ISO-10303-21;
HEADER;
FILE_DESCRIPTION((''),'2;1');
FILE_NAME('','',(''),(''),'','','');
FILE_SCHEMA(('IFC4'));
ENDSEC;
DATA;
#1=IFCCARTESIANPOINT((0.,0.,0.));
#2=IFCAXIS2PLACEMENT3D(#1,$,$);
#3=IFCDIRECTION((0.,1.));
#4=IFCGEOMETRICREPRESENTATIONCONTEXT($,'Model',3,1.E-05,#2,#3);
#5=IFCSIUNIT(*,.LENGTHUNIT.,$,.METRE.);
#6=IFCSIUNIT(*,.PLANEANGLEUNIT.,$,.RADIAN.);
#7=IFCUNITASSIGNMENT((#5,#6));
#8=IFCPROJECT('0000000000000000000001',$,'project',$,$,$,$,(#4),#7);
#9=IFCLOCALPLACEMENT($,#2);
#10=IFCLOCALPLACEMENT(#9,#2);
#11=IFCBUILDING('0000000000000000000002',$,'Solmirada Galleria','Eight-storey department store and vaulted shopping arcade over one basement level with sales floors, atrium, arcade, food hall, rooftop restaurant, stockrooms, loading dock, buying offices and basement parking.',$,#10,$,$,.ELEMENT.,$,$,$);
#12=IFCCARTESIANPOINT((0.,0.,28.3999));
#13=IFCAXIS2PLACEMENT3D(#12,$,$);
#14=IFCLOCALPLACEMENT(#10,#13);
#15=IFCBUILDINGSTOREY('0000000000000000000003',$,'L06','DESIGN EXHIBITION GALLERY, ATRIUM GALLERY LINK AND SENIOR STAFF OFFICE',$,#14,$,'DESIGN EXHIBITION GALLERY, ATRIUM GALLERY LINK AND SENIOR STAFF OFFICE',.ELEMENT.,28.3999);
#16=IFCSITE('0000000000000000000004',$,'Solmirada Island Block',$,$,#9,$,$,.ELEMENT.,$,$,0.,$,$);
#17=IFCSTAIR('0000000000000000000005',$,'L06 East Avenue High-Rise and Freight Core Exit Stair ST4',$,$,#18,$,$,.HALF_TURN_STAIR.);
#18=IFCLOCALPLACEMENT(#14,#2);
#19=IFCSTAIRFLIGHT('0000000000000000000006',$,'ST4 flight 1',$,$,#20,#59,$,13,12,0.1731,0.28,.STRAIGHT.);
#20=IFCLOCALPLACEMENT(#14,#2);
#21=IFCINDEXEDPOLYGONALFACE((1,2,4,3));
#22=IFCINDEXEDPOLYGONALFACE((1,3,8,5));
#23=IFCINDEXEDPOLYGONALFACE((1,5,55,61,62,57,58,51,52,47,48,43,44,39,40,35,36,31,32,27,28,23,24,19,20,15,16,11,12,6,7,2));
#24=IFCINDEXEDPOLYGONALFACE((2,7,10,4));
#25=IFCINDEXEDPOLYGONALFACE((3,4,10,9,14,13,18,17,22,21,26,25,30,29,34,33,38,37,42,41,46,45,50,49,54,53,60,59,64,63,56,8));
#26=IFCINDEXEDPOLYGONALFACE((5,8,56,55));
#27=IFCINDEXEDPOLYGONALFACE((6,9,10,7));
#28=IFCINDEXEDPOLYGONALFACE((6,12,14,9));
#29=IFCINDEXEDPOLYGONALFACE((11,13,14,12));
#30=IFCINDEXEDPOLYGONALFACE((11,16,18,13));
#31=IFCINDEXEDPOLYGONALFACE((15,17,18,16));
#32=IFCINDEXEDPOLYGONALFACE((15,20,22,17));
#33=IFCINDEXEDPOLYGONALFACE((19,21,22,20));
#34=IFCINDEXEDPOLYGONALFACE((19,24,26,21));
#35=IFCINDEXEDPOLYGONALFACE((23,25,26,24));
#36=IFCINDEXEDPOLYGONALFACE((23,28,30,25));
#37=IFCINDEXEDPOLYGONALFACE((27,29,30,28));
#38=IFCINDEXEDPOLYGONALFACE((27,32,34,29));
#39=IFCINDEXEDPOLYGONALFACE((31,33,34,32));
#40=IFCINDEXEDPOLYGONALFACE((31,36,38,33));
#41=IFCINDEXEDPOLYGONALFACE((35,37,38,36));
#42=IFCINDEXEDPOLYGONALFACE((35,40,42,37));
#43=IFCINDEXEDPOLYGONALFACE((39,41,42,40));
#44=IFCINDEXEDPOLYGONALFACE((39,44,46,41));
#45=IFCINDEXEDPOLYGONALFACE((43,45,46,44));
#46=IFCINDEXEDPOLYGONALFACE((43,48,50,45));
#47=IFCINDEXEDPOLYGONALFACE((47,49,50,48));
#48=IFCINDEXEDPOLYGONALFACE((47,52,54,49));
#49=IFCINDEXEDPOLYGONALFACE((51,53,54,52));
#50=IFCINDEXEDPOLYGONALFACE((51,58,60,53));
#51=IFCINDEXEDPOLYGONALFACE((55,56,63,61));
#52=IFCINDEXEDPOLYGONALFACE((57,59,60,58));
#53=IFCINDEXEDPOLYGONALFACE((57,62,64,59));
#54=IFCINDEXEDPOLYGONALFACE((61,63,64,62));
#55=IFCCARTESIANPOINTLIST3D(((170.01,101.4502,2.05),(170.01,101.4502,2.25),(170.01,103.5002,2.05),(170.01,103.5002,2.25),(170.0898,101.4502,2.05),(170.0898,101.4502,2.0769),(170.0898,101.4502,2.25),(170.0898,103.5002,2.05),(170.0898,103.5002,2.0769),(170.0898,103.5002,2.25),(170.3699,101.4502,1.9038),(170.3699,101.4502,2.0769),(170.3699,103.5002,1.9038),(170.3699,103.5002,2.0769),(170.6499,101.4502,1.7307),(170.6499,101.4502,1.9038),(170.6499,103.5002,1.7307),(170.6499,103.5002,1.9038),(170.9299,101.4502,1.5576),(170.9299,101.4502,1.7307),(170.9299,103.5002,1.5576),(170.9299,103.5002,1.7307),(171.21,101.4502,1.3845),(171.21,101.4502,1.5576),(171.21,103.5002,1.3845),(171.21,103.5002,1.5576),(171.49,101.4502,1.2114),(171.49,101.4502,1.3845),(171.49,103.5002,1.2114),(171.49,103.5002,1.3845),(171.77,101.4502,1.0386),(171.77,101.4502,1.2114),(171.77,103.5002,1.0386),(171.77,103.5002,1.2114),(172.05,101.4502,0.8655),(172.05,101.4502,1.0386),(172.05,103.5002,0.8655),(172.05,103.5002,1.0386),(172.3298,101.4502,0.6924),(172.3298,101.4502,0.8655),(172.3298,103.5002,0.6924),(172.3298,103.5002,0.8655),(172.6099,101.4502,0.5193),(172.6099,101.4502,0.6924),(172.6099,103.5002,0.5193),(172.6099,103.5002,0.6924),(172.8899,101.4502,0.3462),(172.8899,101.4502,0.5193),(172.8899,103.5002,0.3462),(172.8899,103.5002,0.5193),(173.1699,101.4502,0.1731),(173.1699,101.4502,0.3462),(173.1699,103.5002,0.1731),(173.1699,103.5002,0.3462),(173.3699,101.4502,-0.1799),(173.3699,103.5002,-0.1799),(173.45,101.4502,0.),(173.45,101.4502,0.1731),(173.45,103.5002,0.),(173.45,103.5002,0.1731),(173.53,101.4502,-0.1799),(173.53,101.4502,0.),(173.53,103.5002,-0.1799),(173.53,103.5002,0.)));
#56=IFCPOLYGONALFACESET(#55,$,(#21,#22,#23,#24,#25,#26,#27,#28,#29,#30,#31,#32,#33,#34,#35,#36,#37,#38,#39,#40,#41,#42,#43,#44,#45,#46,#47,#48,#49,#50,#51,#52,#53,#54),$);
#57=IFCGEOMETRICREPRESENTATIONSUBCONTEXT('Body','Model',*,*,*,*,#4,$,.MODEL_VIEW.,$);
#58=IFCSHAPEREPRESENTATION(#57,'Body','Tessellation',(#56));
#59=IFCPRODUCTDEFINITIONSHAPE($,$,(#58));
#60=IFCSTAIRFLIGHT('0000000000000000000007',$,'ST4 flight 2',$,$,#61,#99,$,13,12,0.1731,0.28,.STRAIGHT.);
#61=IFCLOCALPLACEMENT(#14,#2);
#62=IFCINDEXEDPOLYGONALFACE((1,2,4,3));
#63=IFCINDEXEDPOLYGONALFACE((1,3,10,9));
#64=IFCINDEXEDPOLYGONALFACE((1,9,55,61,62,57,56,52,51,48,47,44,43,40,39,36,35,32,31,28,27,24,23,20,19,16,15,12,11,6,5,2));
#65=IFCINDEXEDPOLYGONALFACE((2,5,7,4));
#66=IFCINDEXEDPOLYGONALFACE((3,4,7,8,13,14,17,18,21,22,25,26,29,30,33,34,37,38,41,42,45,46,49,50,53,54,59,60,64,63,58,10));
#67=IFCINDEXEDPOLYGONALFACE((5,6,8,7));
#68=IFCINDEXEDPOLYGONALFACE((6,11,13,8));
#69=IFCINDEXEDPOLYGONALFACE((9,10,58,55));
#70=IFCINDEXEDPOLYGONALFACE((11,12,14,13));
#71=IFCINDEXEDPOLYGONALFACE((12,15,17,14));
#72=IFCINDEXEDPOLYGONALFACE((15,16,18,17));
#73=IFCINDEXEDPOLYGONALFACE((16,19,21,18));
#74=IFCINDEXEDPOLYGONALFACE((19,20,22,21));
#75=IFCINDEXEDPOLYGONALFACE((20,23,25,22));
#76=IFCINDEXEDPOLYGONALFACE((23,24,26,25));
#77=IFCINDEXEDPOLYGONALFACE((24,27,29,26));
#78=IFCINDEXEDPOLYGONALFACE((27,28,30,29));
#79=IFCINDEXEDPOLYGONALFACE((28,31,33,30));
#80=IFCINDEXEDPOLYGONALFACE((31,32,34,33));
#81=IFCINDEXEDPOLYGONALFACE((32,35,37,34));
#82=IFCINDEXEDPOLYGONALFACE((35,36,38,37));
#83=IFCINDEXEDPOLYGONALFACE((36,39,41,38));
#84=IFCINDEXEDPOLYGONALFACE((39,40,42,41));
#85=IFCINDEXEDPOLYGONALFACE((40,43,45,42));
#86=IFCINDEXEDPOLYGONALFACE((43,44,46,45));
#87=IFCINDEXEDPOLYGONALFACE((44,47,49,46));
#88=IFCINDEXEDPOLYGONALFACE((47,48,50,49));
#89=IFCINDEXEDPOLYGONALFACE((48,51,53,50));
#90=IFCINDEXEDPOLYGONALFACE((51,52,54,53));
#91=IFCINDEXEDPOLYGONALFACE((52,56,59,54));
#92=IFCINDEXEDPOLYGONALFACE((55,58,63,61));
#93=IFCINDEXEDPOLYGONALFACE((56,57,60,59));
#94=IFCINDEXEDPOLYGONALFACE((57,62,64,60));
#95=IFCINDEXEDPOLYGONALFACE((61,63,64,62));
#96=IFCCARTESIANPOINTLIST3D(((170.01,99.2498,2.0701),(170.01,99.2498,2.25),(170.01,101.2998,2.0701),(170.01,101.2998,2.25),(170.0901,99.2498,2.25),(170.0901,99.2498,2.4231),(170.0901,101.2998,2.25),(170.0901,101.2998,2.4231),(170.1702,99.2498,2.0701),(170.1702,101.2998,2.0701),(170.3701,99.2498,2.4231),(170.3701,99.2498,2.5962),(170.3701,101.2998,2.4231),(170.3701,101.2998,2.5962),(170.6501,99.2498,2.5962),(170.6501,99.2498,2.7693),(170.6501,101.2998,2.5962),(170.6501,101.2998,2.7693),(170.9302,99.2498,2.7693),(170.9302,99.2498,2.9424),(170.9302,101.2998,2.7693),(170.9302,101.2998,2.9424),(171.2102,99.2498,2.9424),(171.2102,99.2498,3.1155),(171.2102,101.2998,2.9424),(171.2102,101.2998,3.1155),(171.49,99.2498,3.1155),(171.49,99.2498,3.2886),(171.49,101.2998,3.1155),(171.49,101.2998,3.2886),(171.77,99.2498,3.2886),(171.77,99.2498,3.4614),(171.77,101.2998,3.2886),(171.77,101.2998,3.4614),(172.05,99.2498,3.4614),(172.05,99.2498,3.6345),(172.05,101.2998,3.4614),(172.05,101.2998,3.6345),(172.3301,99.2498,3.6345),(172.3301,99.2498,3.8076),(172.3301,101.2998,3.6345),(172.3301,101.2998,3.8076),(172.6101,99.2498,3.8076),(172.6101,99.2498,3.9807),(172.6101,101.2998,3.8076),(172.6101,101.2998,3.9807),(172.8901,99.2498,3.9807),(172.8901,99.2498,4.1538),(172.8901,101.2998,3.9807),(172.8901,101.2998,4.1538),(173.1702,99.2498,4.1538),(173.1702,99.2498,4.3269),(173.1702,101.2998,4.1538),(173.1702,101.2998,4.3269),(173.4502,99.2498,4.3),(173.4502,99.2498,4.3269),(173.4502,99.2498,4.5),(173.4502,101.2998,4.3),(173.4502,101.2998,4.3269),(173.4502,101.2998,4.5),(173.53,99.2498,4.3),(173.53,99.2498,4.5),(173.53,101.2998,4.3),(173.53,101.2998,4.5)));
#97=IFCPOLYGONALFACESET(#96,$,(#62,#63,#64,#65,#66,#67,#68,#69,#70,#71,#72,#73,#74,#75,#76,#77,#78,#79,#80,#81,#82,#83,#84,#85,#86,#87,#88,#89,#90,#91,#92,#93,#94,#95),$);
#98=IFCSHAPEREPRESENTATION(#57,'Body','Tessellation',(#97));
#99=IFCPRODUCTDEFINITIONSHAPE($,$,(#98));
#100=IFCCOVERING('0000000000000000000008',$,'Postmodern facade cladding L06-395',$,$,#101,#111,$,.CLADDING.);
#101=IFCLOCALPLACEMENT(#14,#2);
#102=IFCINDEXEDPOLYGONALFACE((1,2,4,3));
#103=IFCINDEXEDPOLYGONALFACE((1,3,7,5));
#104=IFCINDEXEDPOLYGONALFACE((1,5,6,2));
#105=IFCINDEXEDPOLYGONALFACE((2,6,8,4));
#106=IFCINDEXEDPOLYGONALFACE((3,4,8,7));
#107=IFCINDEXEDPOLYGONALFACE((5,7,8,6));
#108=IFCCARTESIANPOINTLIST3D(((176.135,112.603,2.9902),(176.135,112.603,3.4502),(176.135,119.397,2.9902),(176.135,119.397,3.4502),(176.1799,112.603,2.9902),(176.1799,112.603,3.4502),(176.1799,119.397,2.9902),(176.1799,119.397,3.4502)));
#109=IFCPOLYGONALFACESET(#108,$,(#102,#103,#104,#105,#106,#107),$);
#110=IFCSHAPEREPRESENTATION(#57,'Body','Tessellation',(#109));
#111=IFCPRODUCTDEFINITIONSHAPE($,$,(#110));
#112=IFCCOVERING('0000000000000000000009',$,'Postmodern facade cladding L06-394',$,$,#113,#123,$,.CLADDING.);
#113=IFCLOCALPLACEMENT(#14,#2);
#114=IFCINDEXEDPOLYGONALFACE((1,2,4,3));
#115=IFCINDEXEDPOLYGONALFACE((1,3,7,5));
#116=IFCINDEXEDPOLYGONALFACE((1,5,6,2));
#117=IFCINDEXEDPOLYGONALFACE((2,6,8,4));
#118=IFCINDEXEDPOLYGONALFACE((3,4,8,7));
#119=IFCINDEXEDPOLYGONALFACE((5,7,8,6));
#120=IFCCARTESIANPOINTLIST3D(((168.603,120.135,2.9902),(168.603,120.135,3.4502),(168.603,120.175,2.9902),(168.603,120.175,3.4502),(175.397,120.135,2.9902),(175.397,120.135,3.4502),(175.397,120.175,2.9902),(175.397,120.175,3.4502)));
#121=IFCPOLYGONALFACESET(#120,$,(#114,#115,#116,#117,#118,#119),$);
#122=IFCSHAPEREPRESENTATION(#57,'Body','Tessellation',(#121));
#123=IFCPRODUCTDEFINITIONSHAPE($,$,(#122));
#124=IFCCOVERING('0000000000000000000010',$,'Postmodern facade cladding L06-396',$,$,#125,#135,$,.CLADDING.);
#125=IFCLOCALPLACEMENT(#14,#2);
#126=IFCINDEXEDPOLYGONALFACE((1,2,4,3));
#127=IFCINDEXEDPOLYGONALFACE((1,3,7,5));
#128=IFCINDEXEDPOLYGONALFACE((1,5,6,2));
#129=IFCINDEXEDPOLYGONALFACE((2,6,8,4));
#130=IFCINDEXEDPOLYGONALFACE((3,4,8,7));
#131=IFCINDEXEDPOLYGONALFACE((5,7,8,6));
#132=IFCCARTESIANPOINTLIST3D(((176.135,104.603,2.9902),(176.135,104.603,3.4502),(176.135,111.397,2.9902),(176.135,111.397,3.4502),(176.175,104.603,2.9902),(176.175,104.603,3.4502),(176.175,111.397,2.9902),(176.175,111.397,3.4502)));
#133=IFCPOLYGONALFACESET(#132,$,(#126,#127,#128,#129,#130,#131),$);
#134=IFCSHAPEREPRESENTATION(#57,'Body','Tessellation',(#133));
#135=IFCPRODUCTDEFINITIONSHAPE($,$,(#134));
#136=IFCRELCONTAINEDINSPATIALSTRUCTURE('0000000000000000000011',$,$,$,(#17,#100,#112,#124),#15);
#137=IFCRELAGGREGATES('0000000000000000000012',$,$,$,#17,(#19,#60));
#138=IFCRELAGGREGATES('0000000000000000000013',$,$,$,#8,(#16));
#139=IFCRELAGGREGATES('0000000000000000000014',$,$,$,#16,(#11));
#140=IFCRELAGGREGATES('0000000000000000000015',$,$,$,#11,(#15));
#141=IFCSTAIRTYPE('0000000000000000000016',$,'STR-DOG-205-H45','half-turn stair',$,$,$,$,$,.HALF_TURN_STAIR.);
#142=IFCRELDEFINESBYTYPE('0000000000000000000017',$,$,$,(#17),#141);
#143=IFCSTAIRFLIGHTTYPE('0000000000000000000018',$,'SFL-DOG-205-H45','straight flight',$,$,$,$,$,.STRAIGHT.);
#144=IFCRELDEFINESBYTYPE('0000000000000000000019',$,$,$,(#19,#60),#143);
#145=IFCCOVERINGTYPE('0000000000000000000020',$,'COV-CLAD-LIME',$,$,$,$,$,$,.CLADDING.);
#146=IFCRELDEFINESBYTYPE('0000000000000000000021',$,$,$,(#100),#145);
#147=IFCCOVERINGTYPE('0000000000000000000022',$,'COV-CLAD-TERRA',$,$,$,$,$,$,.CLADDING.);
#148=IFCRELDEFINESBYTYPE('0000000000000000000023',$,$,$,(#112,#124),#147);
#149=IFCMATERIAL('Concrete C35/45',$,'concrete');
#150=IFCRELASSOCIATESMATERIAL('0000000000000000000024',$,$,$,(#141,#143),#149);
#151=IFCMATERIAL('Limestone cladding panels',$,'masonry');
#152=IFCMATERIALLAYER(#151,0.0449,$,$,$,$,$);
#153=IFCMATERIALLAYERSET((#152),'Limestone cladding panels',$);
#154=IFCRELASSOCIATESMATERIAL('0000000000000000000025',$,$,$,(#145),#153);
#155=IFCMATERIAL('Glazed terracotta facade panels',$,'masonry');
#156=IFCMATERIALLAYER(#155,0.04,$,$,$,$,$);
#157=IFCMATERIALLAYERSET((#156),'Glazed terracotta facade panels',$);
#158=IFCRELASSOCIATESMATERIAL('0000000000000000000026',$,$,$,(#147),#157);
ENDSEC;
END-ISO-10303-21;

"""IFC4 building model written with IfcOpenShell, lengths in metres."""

from ifc_helpers import new_model, si_unit, direction, frame, origin, origin_2d, place, context, subcontext, project, spatial, polyline, rectangle, outline, extrude, material, layer, layer_set, type_object, element, aggregate, save


model = new_model("IFC4")

# Units and contexts
model_context = context("Model", 3, precision=1e-05, world=origin(), true_north=direction((0.0, 1.0)))
body_context = subcontext(model_context, "Body", "Model", "MODEL_VIEW")
ifc_project = project(units=[si_unit("LENGTHUNIT", "METRE"), si_unit("PLANEANGLEUNIT", "RADIAN")], contexts=[model_context])

# Site, building, storey
site_placement = place(None, origin())
site = spatial("IfcSite", under=ifc_project, at=site_placement, Name="Solmirada Island Block", CompositionType="ELEMENT", RefElevation=0.0)
building_placement = place(site_placement, origin())
building = spatial("IfcBuilding", under=site, at=building_placement, Name="Solmirada Galleria", Description="Eight-storey department store and vaulted shopping arcade over one basement level with sales floors, atrium, arcade, food hall, rooftop restaurant, stockrooms, loading dock, buying offices and basement parking.", CompositionType="ELEMENT")
storey_placement = place(building_placement, frame((0.0, 0.0, 28.3999)))
storey = spatial("IfcBuildingStorey", under=building, at=storey_placement, Name="L06", Description="DESIGN EXHIBITION GALLERY, ATRIUM GALLERY LINK AND SENIOR STAFF OFFICE", LongName="DESIGN EXHIBITION GALLERY, ATRIUM GALLERY LINK AND SENIOR STAFF OFFICE", CompositionType="ELEMENT", Elevation=28.3999)

# Stair, stair flights
ifc_material_1 = material(Name="Concrete C35/45", Category="concrete")
stair_type = type_object("IfcStairType", Name="STR-DOG-205-H45", Description="half-turn stair", PredefinedType="HALF_TURN_STAIR", material=ifc_material_1)
stair_placement = place(storey_placement, origin())
stair = element("IfcStair", 1, at=stair_placement, inside=storey, type_object=stair_type, Name="L06 East Avenue High-Rise and Freight Core Exit Stair ST4", PredefinedType="HALF_TURN_STAIR")
stair_flight_type = type_object("IfcStairFlightType", Name="SFL-DOG-205-H45", Description="straight flight", PredefinedType="STRAIGHT", material=ifc_material_1)
stair_flight_1_placement = place(storey_placement, frame((173.45, 102.4751, 0.0), z_axis=(0.0, 0.0, 1.0), x_axis=(-1.0, 0.0, 0.0)))
stair_flight_1 = element("IfcStairFlight", 2, at=stair_flight_1_placement, type_object=stair_flight_type, Name="ST4 flight 1", NumberOfRisers=13, NumberOfTreads=12, PredefinedType="STRAIGHT", RiserHeight=0.1731, TreadLength=0.28, context=body_context, shape_type="SweptSolid", body=[
    extrude(outline(polyline([(-0.0801, 0.0), (0.0, 0.0), (0.0, 0.1731), (0.28, 0.1731), (0.28, 0.3462), (0.5601, 0.3462), (0.5601, 0.5193), (0.8401, 0.5193), (0.8401, 0.6924), (1.1201, 0.6924), (1.1201, 0.8655), (1.3999, 0.8655), (1.3999, 1.0386), (1.6799, 1.0386), (1.6799, 1.2114), (1.96, 1.2114), (1.96, 1.3845), (2.24, 1.3845), (2.24, 1.5576), (2.52, 1.5576), (2.52, 1.7307), (2.8, 1.7307), (2.8, 1.9038), (3.0801, 1.9038), (3.0801, 2.0769), (3.3601, 2.0769), (3.3601, 2.25), (3.4399, 2.25), (3.4399, 2.05), (3.3601, 2.05), (0.0801, -0.1799), (-0.0801, -0.1799), (-0.0801, 0.0)])), frame((0.0, 1.0249, 0.0), z_axis=(0.0, -1.0, 0.0), x_axis=(1.0, 0.0, 0.0)), (0.0, 0.0, 1.0), 2.05),
])
stair_flight_2_placement = place(storey_placement, frame((170.0901, 100.2749, 2.25), z_axis=(0.0, 0.0, 1.0), x_axis=(1.0, 0.0, 0.0)))
stair_flight_2 = element("IfcStairFlight", 3, at=stair_flight_2_placement, type_object=stair_flight_type, Name="ST4 flight 2", NumberOfRisers=13, NumberOfTreads=12, PredefinedType="STRAIGHT", RiserHeight=0.1731, TreadLength=0.28, context=body_context, shape_type="SweptSolid", body=[
    extrude(outline(polyline([(-0.0801, 0.0), (0.0, 0.0), (0.0, 0.1731), (0.28, 0.1731), (0.28, 0.3462), (0.5601, 0.3462), (0.5601, 0.5193), (0.8401, 0.5193), (0.8401, 0.6924), (1.1201, 0.6924), (1.1201, 0.8655), (1.3999, 0.8655), (1.3999, 1.0386), (1.6799, 1.0386), (1.6799, 1.2114), (1.96, 1.2114), (1.96, 1.3845), (2.24, 1.3845), (2.24, 1.5576), (2.52, 1.5576), (2.52, 1.7307), (2.8, 1.7307), (2.8, 1.9038), (3.0801, 1.9038), (3.0801, 2.0769), (3.3601, 2.0769), (3.3601, 2.25), (3.4399, 2.25), (3.4399, 2.05), (3.3601, 2.05), (0.0801, -0.1799), (-0.0801, -0.1799), (-0.0801, 0.0)])), frame((0.0, 1.0249, 0.0), z_axis=(0.0, -1.0, 0.0), x_axis=(1.0, 0.0, 0.0)), (0.0, 0.0, 1.0), 2.05),
])
aggregate(stair, [stair_flight_1, stair_flight_2])

# Coverings
ifc_material_2 = material(Name="Limestone cladding panels", Category="masonry")
ifc_layer_1 = layer(ifc_material_2, 0.0449)
ifc_layer_set_1 = layer_set([ifc_layer_1], Name="Limestone cladding panels")
covering_type_1 = type_object("IfcCoveringType", Name="COV-CLAD-LIME", PredefinedType="CLADDING", material=ifc_layer_set_1)
covering_placement = place(storey_placement, frame((176.1575, 116.0, 2.9902), z_axis=(0.0, 0.0, 1.0), x_axis=(0.0, -1.0, 0.0)))
element("IfcCovering", 4, at=covering_placement, inside=storey, type_object=covering_type_1, Name="Postmodern facade cladding L06-395", PredefinedType="CLADDING", context=body_context, shape_type="SweptSolid", body=[
    extrude(rectangle(XDim=6.7939, YDim=0.0449, at=origin_2d()), origin(), (0.0, 0.0, 1.0), 0.46),
])
ifc_material_3 = material(Name="Glazed terracotta facade panels", Category="masonry")
ifc_layer_2 = layer(ifc_material_3, 0.04)
ifc_layer_set_2 = layer_set([ifc_layer_2], Name="Glazed terracotta facade panels")
covering_type_2 = type_object("IfcCoveringType", Name="COV-CLAD-TERRA", PredefinedType="CLADDING", material=ifc_layer_set_2)
for number, where, z_axis, x_axis, name in (
    (5, (172.0, 120.155, 2.9902), (0.0, 0.0, 1.0), (1.0, 0.0, 0.0), "Postmodern facade cladding L06-394"),
    (6, (176.155, 108.0, 2.9902), (0.0, 0.0, 1.0), (0.0, -1.0, 0.0), "Postmodern facade cladding L06-396"),
):
    element("IfcCovering", number, at=place(storey_placement, frame(where, z_axis=z_axis, x_axis=x_axis)), inside=storey, type_object=covering_type_2, Name=name, PredefinedType="CLADDING", context=body_context, shape_type="SweptSolid", body=[
        extrude(rectangle(XDim=6.7939, YDim=0.04, at=origin_2d()), origin(), (0.0, 0.0, 1.0), 0.46),
    ])

save(model, "model.ifc")
